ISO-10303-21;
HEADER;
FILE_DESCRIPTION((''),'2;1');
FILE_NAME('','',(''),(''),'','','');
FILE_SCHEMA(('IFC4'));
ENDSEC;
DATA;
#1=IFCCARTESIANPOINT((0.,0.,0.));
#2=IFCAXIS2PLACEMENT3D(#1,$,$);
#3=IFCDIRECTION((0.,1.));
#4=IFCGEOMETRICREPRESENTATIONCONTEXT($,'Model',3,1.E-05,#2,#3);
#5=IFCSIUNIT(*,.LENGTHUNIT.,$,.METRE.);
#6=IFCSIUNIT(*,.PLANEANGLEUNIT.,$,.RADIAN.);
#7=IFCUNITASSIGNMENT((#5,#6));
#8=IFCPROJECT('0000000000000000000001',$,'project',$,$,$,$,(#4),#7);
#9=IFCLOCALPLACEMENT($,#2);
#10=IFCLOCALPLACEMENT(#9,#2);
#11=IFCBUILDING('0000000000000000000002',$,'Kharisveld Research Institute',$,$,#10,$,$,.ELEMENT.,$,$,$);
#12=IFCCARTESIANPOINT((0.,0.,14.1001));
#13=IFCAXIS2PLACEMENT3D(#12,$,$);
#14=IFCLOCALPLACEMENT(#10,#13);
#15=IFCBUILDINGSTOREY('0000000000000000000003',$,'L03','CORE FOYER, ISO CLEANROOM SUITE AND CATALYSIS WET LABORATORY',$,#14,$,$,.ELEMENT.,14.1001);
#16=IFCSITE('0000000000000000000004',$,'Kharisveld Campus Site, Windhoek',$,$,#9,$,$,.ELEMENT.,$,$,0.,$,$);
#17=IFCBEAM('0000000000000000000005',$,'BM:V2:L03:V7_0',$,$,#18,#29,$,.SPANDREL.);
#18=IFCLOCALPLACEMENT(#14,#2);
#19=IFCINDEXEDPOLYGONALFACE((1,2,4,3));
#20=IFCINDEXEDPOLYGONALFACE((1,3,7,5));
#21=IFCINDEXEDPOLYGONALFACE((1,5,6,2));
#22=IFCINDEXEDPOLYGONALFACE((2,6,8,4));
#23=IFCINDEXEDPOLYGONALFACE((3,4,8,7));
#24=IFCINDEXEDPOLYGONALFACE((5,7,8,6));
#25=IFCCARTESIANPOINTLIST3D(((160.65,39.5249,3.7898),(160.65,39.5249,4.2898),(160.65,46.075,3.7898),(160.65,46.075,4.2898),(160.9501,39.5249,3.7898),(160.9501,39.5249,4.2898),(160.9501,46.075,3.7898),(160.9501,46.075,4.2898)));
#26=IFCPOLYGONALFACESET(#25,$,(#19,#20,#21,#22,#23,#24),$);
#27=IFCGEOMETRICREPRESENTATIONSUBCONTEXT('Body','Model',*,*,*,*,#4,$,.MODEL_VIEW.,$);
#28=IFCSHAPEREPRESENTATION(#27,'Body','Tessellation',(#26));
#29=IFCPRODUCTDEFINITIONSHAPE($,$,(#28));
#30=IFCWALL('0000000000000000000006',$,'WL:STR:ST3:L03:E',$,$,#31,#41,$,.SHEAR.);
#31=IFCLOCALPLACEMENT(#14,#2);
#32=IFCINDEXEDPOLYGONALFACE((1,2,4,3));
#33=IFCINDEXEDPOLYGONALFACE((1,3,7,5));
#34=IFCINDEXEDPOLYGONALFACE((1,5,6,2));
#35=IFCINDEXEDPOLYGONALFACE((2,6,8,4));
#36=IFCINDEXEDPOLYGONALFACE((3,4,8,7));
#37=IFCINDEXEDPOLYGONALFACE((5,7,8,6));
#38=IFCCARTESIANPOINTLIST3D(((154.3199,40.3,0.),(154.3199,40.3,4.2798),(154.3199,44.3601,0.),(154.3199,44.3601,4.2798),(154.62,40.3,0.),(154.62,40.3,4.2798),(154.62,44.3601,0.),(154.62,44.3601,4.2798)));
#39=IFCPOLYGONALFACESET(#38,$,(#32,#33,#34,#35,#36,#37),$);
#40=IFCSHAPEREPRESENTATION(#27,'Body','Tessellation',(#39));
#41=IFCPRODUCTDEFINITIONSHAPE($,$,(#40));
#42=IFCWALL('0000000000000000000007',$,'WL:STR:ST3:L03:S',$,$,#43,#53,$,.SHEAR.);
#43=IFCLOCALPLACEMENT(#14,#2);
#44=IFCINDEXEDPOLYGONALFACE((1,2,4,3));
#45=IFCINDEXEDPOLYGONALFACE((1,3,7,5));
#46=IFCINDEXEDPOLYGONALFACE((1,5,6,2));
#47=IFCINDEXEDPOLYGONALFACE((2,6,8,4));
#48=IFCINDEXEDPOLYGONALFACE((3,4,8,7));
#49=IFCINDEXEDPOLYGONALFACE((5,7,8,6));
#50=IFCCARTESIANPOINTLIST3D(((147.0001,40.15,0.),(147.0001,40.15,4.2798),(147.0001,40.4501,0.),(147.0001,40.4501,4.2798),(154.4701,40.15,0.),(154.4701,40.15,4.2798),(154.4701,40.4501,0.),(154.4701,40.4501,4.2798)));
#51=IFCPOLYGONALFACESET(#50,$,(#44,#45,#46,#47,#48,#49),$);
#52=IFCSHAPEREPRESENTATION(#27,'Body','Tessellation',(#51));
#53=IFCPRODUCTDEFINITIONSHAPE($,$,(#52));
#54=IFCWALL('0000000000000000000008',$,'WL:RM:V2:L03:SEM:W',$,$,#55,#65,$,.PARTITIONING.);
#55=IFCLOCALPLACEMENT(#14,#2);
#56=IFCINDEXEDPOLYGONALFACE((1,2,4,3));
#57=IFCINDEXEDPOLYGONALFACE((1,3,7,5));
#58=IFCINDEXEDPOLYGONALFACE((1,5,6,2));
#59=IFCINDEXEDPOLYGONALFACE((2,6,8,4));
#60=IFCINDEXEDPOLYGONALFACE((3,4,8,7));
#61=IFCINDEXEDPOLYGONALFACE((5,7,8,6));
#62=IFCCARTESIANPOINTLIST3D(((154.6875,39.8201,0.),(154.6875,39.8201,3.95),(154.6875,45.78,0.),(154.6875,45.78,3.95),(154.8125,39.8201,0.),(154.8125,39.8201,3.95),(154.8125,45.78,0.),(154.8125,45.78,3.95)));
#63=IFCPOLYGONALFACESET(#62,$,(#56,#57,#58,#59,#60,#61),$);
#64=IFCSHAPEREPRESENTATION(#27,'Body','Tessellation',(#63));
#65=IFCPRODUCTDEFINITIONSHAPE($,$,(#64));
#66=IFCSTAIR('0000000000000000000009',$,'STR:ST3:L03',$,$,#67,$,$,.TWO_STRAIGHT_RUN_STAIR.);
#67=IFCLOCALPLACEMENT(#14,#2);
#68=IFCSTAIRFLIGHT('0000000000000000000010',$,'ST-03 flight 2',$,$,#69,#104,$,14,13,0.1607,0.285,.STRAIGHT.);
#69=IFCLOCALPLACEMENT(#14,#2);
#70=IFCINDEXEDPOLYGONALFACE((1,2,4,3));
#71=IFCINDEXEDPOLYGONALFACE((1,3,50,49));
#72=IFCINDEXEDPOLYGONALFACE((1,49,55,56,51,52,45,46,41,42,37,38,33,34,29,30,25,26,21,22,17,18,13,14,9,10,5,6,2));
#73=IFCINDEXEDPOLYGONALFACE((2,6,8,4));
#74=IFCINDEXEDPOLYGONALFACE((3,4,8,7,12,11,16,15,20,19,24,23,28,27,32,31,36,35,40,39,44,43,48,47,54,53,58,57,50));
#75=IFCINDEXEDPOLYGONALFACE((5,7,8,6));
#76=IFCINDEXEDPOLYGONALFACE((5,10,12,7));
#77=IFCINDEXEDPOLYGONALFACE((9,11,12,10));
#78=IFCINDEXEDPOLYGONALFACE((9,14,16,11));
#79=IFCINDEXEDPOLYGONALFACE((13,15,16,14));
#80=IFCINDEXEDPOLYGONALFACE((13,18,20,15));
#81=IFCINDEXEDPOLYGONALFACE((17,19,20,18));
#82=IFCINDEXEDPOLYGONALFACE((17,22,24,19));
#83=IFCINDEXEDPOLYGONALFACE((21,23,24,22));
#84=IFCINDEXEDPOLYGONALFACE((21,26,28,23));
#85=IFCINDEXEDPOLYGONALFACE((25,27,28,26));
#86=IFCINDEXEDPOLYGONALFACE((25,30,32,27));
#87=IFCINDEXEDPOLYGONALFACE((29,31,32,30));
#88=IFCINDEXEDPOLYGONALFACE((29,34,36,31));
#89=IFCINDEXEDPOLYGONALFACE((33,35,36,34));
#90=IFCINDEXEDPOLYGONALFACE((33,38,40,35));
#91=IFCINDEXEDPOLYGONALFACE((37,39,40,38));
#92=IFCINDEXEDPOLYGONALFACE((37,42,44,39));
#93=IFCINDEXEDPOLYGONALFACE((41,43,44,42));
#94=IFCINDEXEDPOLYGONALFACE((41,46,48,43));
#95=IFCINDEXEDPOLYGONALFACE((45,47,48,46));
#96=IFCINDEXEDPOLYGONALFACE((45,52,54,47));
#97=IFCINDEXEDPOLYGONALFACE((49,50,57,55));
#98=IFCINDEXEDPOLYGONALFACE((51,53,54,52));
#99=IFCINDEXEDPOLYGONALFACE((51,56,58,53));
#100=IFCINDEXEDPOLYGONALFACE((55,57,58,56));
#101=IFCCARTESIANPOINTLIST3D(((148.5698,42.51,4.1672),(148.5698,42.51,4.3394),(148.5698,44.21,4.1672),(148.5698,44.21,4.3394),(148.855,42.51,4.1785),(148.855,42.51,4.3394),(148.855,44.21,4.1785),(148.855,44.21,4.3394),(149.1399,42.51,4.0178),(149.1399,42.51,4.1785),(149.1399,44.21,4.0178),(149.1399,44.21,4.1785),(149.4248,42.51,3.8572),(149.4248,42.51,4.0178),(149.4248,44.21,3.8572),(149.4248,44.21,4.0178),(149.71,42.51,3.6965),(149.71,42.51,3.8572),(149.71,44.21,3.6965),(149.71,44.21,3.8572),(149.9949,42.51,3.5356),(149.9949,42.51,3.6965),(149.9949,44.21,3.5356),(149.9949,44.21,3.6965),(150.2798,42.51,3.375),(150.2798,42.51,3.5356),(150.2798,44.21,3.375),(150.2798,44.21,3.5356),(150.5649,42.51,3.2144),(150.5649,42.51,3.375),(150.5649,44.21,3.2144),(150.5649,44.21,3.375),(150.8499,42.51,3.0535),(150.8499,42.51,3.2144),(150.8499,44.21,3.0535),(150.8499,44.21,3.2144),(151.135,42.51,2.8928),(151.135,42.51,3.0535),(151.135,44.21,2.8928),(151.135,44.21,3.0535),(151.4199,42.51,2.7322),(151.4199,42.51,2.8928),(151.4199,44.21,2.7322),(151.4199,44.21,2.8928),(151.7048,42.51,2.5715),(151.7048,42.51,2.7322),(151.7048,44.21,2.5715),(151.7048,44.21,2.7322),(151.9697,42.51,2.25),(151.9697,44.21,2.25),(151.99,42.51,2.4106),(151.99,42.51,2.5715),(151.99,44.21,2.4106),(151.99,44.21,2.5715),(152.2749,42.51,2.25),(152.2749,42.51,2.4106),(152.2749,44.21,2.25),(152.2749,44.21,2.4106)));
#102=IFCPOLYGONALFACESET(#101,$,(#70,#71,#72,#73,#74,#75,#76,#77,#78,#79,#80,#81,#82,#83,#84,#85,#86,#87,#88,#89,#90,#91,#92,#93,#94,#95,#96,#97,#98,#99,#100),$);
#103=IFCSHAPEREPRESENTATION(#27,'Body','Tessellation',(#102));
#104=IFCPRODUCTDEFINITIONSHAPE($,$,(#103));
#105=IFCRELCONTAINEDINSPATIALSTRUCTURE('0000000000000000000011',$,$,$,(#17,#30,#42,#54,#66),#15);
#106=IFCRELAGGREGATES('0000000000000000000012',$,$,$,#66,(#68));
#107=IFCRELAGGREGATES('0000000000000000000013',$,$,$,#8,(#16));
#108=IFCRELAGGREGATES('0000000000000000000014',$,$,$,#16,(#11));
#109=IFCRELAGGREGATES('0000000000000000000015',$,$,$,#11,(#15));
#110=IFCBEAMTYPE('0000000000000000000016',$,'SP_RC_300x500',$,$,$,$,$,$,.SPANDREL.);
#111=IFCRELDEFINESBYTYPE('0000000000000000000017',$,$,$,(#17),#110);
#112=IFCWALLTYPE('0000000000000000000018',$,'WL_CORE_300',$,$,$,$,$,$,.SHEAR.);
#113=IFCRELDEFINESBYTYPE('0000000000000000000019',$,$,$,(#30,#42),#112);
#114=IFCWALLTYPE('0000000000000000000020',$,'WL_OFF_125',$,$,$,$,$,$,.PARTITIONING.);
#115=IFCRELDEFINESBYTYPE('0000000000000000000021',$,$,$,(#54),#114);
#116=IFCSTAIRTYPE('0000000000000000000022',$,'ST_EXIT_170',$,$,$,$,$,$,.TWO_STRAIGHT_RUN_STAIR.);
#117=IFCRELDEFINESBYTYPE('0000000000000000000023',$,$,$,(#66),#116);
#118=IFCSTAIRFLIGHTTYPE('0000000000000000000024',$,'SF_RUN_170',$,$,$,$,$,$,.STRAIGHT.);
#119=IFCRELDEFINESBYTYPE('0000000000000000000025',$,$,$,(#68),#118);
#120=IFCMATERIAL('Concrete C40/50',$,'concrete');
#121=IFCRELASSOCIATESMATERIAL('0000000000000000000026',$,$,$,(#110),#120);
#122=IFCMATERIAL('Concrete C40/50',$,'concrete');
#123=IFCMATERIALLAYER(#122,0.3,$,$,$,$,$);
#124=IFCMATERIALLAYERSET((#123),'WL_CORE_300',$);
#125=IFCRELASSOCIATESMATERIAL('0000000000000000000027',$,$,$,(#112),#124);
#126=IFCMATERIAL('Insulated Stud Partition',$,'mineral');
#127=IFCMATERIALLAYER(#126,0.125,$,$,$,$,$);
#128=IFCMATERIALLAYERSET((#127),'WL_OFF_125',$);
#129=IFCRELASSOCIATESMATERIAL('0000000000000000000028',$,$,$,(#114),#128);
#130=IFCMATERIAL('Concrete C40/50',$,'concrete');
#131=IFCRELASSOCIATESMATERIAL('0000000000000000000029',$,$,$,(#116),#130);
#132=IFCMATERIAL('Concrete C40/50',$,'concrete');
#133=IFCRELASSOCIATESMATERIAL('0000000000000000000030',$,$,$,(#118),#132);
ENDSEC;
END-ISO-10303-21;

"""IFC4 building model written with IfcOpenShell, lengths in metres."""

from ifc_helpers import new_model, si_unit, direction, frame, frame_2d, origin, origin_2d, place, context, subcontext, project, spatial, polyline, rectangle, outline, extrude, material, layer, layer_set, material_profile, profile_set, type_object, element, aggregate, save


model = new_model("IFC4")

# Units and contexts
model_context = context("Model", 3, precision=1e-05, world=origin(), true_north=direction((0.0, 1.0)))
body_context = subcontext(model_context, "Body", "Model", "MODEL_VIEW")
ifc_project = project(units=[si_unit("LENGTHUNIT", "METRE"), si_unit("PLANEANGLEUNIT", "RADIAN")], contexts=[model_context])

# Site, building, storey
site_placement = place(None, origin())
site = spatial("IfcSite", under=ifc_project, at=site_placement, Name="Kharisveld Campus Site, Windhoek", CompositionType="ELEMENT", RefElevation=0.0)
building_placement = place(site_placement, origin())
building = spatial("IfcBuilding", under=site, at=building_placement, Name="Kharisveld Research Institute", CompositionType="ELEMENT")
storey_placement = place(building_placement, frame((0.0, 0.0, 14.1001)))
storey = spatial("IfcBuildingStorey", under=building, at=storey_placement, Name="L03", Description="CORE FOYER, ISO CLEANROOM SUITE AND CATALYSIS WET LABORATORY", CompositionType="ELEMENT", Elevation=14.1001)

# Beam
ifc_material_1 = material(Name="Concrete C40/50", Category="concrete")
ifc_material_profile = material_profile(ifc_material_1, rectangle(XDim=0.3, YDim=0.5, at=origin_2d()))
ifc_profile_set = profile_set([ifc_material_profile], Name="Concrete C40/50")
beam_type = type_object("IfcBeamType", Name="SP_RC_300x500", PredefinedType="SPANDREL", material=ifc_profile_set)
beam_placement = place(storey_placement, frame((160.8, 39.5249, 4.0398), z_axis=(0.0, 1.0, 0.0), x_axis=(-1.0, 0.0, 0.0)))
element("IfcBeam", 1, at=beam_placement, inside=storey, type_object=beam_type, Name="BM:V2:L03:V7_0", PredefinedType="SPANDREL", context=body_context, shape_type="SweptSolid", body=[
    extrude(rectangle(XDim=0.3, YDim=0.5, at=origin_2d()), origin(), (0.0, 0.0, 1.0), 6.55),
])

# Walls
ifc_material_2 = material(Name="Concrete C40/50", Category="concrete")
ifc_layer_1 = layer(ifc_material_2, 0.3)
ifc_layer_set_1 = layer_set([ifc_layer_1], Name="WL_CORE_300")
wall_type_1 = type_object("IfcWallType", Name="WL_CORE_300", PredefinedType="SHEAR", material=ifc_layer_set_1)
wall_1_placement = place(storey_placement, frame((154.47, 44.3601, 0.0), z_axis=(0.0, 0.0, 1.0), x_axis=(0.0, -1.0, 0.0)))
element("IfcWall", 2, at=wall_1_placement, inside=storey, type_object=wall_type_1, Name="WL:STR:ST3:L03:E", PredefinedType="SHEAR", context=body_context, shape_type="SweptSolid", body=[
    extrude(rectangle(XDim=4.0601, YDim=0.3, at=frame_2d((2.03, 0.0))), origin(), (0.0, 0.0, 1.0), 4.2798),
])
wall_2_placement = place(storey_placement, frame((154.47, 40.3, 0.0), z_axis=(0.0, 0.0, 1.0), x_axis=(-1.0, 0.0, 0.0)))
element("IfcWall", 3, at=wall_2_placement, inside=storey, type_object=wall_type_1, Name="WL:STR:ST3:L03:S", PredefinedType="SHEAR", context=body_context, shape_type="SweptSolid", body=[
    extrude(rectangle(XDim=7.47, YDim=0.3, at=frame_2d((3.7349, 0.0))), origin(), (0.0, 0.0, 1.0), 4.2798),
])
ifc_material_3 = material(Name="Insulated Stud Partition", Category="mineral")
ifc_layer_2 = layer(ifc_material_3, 0.125)
ifc_layer_set_2 = layer_set([ifc_layer_2], Name="WL_OFF_125")
wall_type_2 = type_object("IfcWallType", Name="WL_OFF_125", PredefinedType="PARTITIONING", material=ifc_layer_set_2)
wall_3_placement = place(storey_placement, frame((154.75, 45.78, 0.0), z_axis=(0.0, 0.0, 1.0), x_axis=(0.0, -1.0, 0.0)))
element("IfcWall", 4, at=wall_3_placement, inside=storey, type_object=wall_type_2, Name="WL:RM:V2:L03:SEM:W", PredefinedType="PARTITIONING", context=body_context, shape_type="SweptSolid", body=[
    extrude(rectangle(XDim=5.96, YDim=0.125, at=frame_2d((2.98, 0.0))), origin(), (0.0, 0.0, 1.0), 3.95),
])

# Stair, stair flight
ifc_material_4 = material(Name="Concrete C40/50", Category="concrete")
stair_type = type_object("IfcStairType", Name="ST_EXIT_170", PredefinedType="TWO_STRAIGHT_RUN_STAIR", material=ifc_material_4)
stair_placement = place(storey_placement, origin())
stair = element("IfcStair", 5, at=stair_placement, inside=storey, type_object=stair_type, Name="STR:ST3:L03", PredefinedType="TWO_STRAIGHT_RUN_STAIR")
ifc_material_5 = material(Name="Concrete C40/50", Category="concrete")
stair_flight_type = type_object("IfcStairFlightType", Name="SF_RUN_170", PredefinedType="STRAIGHT", material=ifc_material_5)
stair_flight_placement = place(storey_placement, frame((152.2749, 43.3601, 2.25), z_axis=(0.0, 0.0, 1.0), x_axis=(-1.0, 0.0, 0.0)))
stair_flight = element("IfcStairFlight", 6, at=stair_flight_placement, type_object=stair_flight_type, Name="ST-03 flight 2", NumberOfRisers=14, NumberOfTreads=13, PredefinedType="STRAIGHT", RiserHeight=0.1607, TreadLength=0.285, context=body_context, shape_type="SweptSolid", body=[
    extrude(outline(polyline([(0.0, 0.0), (0.0, 0.1606), (0.2849, 0.1606), (0.2849, 0.3215), (0.5701, 0.3215), (0.5701, 0.4822), (0.855, 0.4822), (0.855, 0.6428), (1.1399, 0.6428), (1.1399, 0.8035), (1.425, 0.8035), (1.425, 0.9644), (1.71, 0.9644), (1.71, 1.125), (1.9951, 1.125), (1.9951, 1.2856), (2.28, 1.2856), (2.28, 1.4465), (2.5649, 1.4465), (2.5649, 1.6072), (2.8501, 1.6072), (2.8501, 1.7678), (3.135, 1.7678), (3.135, 1.9285), (3.4199, 1.9285), (3.4199, 2.0894), (3.7051, 2.0894), (3.7051, 2.25), (3.7051, 1.9172), (0.3052, 0.0), (0.0, 0.0)])), frame((0.0, 0.8501, 0.0), z_axis=(0.0, -1.0, 0.0), x_axis=(1.0, 0.0, 0.0)), (0.0, 0.0, 1.0), 1.7),
])
aggregate(stair, [stair_flight])

save(model, "model.ifc")
